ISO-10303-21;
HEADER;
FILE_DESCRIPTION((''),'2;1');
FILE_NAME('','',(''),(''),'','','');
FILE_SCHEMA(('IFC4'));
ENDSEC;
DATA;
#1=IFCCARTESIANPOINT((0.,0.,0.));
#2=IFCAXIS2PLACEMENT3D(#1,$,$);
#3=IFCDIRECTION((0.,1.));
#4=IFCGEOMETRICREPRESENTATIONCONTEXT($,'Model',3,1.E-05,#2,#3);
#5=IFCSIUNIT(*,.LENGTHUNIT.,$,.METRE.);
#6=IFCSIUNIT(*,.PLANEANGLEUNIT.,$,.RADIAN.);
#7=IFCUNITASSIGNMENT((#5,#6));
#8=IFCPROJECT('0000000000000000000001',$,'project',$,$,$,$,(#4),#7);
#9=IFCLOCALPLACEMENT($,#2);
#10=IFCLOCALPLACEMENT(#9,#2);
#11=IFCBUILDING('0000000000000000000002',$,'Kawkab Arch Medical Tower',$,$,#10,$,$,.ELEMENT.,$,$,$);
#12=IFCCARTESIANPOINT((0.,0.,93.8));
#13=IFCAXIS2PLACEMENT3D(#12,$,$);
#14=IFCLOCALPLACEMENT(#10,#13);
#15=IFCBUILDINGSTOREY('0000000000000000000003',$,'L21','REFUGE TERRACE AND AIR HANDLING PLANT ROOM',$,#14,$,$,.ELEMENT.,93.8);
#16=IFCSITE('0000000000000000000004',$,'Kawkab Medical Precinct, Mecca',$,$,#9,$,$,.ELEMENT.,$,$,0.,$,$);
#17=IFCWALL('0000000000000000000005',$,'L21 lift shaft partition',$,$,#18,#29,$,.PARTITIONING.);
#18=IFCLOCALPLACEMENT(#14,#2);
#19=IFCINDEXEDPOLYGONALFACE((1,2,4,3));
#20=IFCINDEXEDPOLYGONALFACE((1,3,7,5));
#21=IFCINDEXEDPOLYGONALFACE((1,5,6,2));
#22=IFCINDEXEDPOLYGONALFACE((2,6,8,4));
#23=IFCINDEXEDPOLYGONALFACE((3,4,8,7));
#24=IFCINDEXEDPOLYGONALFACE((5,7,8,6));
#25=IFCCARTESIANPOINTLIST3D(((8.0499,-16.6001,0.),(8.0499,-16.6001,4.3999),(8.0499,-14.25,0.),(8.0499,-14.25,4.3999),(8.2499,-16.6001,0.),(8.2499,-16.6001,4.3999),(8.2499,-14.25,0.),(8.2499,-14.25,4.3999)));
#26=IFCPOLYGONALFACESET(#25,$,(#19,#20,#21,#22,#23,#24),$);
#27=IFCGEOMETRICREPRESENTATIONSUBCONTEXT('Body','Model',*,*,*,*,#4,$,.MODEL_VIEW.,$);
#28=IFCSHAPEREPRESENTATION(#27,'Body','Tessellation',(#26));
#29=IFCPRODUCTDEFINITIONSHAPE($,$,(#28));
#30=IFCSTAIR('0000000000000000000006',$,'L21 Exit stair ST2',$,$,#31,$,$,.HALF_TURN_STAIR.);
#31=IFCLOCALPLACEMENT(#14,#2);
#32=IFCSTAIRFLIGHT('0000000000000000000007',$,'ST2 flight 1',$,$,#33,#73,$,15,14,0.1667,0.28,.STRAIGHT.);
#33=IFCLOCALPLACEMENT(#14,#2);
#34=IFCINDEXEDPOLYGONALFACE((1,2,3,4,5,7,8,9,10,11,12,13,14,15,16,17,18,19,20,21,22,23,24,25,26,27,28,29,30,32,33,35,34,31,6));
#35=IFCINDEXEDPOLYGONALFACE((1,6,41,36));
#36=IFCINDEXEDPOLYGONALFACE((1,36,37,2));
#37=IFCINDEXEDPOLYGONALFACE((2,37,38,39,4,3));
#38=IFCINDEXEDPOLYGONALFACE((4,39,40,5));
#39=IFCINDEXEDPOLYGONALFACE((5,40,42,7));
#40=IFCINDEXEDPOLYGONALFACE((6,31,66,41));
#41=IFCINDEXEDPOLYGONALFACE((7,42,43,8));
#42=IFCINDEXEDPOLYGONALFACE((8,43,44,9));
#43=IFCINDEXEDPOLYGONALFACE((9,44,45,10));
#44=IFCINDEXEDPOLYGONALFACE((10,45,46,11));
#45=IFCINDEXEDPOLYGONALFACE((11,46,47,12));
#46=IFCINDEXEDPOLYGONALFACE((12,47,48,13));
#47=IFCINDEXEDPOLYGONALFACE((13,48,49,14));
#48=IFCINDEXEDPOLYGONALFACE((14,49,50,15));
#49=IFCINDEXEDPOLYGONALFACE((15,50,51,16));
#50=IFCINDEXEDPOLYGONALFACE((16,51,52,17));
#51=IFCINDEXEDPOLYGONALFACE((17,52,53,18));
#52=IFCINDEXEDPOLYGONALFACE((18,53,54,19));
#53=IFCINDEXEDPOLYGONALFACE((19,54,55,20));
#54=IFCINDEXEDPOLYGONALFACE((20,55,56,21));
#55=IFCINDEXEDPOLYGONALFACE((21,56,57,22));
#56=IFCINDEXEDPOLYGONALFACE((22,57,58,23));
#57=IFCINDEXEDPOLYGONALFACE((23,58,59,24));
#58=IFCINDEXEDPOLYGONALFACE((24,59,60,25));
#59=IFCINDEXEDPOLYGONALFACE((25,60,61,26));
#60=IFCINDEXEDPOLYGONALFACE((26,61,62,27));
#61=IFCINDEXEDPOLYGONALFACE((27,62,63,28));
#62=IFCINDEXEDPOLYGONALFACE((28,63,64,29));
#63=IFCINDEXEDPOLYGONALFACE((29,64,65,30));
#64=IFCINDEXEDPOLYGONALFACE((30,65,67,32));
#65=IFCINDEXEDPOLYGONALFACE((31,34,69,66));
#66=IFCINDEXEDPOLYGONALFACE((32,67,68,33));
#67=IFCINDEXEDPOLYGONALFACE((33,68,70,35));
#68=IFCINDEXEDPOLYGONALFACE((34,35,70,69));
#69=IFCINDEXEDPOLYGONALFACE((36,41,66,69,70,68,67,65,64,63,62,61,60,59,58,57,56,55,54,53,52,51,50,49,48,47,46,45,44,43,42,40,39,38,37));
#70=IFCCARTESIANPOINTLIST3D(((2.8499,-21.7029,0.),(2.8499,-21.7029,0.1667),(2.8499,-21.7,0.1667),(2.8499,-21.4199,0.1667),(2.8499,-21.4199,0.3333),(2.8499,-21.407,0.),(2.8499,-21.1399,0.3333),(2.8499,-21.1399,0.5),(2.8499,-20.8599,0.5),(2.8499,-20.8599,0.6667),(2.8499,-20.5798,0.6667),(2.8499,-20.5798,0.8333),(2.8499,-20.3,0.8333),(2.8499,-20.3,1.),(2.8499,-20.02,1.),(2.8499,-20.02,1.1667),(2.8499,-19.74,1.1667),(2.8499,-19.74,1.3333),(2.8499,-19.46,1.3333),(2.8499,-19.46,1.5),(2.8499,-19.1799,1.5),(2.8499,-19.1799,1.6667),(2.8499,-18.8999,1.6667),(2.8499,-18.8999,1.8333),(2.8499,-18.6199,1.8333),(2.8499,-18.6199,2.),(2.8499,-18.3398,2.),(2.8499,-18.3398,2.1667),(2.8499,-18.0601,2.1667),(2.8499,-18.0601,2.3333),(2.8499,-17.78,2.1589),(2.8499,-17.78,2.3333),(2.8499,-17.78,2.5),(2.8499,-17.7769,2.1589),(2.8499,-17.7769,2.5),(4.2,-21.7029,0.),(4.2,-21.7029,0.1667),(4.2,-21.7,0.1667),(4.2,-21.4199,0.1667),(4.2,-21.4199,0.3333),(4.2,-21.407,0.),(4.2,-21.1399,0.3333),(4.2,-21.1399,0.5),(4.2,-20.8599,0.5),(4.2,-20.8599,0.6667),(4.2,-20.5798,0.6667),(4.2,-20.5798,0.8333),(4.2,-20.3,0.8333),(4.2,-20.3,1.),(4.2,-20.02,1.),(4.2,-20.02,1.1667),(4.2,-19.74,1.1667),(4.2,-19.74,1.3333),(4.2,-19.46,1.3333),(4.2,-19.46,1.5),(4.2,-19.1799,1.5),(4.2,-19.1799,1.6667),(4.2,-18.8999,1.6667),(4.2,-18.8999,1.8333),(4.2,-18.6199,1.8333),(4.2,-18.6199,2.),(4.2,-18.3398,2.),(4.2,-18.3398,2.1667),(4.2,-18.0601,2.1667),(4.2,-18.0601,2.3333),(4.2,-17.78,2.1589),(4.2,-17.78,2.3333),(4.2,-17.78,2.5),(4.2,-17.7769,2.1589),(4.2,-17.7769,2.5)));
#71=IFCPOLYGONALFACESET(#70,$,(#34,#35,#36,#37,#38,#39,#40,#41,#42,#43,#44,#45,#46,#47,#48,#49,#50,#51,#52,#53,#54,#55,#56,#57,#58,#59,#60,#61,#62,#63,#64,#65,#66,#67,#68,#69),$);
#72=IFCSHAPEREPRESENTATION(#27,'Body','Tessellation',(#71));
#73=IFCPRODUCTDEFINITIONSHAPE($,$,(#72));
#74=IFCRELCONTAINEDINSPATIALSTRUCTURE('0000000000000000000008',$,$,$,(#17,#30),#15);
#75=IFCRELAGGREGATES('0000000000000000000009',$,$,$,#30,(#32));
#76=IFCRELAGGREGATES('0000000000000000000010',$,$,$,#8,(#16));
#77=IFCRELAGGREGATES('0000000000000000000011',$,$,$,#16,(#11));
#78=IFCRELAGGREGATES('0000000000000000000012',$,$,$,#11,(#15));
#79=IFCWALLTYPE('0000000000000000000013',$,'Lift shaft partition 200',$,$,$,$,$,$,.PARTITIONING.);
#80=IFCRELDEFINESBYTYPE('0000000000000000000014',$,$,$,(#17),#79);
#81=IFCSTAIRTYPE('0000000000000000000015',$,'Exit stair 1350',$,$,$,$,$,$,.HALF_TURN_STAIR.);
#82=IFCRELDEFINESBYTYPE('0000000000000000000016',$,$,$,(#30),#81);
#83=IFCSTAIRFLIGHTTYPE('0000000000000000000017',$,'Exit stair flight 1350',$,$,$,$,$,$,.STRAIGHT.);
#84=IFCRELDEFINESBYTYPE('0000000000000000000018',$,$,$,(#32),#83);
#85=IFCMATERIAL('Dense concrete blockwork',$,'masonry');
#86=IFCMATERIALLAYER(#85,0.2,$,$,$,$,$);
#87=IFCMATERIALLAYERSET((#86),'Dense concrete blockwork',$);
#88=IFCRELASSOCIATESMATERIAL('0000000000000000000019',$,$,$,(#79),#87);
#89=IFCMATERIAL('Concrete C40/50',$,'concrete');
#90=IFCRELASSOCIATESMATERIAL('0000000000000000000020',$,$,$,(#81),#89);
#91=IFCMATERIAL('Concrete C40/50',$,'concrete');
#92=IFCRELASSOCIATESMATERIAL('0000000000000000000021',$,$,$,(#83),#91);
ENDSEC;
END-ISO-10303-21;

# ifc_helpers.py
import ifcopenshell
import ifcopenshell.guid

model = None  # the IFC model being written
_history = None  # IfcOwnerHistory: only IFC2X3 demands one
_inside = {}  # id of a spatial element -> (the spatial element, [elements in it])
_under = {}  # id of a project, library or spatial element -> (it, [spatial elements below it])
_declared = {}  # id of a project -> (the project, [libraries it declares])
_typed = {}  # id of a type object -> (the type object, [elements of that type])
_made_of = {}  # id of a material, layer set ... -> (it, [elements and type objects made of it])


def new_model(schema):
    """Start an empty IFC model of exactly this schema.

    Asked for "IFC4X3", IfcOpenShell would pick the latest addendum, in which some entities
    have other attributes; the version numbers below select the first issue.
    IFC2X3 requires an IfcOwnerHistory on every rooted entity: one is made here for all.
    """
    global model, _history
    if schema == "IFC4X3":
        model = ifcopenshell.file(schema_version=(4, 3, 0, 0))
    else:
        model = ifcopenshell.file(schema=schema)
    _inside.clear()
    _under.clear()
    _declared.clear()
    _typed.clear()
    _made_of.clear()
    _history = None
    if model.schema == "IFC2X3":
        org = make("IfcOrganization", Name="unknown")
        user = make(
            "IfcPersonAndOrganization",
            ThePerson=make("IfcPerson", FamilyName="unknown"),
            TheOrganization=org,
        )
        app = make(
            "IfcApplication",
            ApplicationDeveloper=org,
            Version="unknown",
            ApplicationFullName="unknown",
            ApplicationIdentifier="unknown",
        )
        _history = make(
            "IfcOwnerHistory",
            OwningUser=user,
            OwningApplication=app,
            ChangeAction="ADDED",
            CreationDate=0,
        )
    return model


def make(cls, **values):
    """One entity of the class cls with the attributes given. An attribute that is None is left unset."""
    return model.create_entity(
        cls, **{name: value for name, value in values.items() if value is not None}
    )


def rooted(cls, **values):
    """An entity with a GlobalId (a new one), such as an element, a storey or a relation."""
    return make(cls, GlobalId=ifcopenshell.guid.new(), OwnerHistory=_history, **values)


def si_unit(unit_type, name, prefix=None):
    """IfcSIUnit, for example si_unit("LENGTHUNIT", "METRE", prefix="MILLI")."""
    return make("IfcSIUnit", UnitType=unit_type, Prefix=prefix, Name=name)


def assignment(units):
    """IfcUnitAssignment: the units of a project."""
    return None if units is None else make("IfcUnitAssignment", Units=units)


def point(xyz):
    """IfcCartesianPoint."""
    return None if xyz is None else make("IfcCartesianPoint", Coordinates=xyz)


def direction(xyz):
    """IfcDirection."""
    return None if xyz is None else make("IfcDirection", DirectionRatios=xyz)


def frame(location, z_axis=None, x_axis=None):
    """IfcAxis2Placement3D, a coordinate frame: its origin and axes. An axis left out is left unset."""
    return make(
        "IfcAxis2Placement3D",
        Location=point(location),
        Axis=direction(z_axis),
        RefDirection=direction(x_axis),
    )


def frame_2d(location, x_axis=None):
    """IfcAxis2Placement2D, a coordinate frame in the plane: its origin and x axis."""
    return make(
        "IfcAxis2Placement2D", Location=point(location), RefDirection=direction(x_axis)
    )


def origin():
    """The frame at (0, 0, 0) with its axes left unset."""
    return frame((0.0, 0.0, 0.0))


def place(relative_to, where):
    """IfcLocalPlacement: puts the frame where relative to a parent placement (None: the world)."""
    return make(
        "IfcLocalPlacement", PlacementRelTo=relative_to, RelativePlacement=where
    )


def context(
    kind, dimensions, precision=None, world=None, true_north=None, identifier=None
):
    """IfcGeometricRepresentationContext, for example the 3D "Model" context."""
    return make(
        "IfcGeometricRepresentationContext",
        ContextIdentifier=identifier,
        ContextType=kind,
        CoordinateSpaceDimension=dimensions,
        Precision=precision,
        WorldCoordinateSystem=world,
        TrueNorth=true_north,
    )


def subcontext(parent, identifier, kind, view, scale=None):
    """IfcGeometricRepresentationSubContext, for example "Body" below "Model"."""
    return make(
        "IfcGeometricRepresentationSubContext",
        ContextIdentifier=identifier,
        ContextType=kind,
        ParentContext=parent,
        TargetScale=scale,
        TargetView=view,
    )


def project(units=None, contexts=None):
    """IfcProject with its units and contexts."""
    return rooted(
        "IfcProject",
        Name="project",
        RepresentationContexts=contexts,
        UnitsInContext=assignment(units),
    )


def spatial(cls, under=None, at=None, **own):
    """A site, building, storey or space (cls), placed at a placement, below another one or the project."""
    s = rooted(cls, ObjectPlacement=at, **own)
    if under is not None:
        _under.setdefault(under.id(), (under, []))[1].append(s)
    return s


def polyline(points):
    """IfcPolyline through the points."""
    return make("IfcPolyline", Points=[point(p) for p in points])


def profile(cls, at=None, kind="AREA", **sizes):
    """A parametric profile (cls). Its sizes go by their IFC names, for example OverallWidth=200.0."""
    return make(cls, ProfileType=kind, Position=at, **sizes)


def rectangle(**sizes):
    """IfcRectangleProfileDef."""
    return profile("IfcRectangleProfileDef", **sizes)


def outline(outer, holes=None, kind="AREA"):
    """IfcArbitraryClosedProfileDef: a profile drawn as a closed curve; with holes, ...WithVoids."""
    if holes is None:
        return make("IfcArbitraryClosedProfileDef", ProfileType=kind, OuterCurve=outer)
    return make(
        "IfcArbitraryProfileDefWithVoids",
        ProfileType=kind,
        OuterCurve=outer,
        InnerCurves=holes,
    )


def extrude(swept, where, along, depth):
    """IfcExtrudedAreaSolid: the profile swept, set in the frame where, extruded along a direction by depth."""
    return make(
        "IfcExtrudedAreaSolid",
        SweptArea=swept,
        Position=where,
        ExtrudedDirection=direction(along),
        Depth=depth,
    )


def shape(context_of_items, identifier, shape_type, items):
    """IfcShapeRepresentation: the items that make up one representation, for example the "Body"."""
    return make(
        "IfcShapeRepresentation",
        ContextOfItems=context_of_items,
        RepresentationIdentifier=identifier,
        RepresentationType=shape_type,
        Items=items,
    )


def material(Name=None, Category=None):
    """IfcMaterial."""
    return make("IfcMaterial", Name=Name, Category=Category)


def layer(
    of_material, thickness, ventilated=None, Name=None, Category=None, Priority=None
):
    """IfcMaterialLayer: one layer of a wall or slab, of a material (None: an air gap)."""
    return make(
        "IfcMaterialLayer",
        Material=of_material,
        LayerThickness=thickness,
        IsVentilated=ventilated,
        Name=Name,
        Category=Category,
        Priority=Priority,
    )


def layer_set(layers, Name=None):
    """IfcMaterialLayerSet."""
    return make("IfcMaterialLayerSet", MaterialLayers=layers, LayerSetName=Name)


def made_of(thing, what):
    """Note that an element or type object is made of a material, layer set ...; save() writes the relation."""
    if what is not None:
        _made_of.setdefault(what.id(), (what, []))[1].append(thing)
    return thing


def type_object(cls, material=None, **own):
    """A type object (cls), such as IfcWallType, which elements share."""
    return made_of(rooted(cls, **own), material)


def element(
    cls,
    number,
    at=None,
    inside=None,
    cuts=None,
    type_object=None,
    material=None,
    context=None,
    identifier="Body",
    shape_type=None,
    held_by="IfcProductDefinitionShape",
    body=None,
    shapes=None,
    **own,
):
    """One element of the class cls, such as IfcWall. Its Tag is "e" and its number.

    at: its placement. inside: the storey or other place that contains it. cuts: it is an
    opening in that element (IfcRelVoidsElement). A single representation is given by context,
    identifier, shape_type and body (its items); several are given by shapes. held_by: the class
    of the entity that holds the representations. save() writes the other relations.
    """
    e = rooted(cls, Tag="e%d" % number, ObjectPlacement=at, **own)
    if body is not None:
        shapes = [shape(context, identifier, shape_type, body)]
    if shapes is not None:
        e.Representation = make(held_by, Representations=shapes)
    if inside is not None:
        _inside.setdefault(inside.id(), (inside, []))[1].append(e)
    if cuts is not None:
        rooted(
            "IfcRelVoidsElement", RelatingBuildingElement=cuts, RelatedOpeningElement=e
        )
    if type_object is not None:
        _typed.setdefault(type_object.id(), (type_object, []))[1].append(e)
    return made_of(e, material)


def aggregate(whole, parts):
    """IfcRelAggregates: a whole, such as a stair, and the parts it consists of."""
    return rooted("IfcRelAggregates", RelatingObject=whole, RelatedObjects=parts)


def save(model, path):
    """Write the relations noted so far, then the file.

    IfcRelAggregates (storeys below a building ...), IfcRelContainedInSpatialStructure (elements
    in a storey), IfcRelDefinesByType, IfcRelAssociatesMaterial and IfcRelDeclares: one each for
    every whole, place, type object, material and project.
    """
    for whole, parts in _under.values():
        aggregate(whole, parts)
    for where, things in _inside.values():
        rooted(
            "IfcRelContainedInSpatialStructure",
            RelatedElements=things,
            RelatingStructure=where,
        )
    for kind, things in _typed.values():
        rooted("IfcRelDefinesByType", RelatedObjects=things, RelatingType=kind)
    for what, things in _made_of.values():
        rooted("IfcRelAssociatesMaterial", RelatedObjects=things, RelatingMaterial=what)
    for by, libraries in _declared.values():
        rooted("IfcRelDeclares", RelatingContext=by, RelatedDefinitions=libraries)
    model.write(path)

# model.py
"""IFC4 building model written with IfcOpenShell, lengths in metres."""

from ifc_helpers import new_model, si_unit, direction, frame, frame_2d, origin, place, context, subcontext, project, spatial, polyline, rectangle, outline, extrude, material, layer, layer_set, type_object, element, aggregate, save


model = new_model("IFC4")

# Units and contexts
model_context = context("Model", 3, precision=1e-05, world=origin(), true_north=direction((0.0, 1.0)))
body_context = subcontext(model_context, "Body", "Model", "MODEL_VIEW")
ifc_project = project(units=[si_unit("LENGTHUNIT", "METRE"), si_unit("PLANEANGLEUNIT", "RADIAN")], contexts=[model_context])

# Site, building, storey
site_placement = place(None, origin())
site = spatial("IfcSite", under=ifc_project, at=site_placement, Name="Kawkab Medical Precinct, Mecca", CompositionType="ELEMENT", RefElevation=0.0)
building_placement = place(site_placement, origin())
building = spatial("IfcBuilding", under=site, at=building_placement, Name="Kawkab Arch Medical Tower", CompositionType="ELEMENT")
storey_placement = place(building_placement, frame((0.0, 0.0, 93.8)))
storey = spatial("IfcBuildingStorey", under=building, at=storey_placement, Name="L21", Description="REFUGE TERRACE AND AIR HANDLING PLANT ROOM", CompositionType="ELEMENT", Elevation=93.8)

# Wall
ifc_material_1 = material(Name="Dense concrete blockwork", Category="masonry")
ifc_layer_1 = layer(ifc_material_1, 0.2)
ifc_layer_set_1 = layer_set([ifc_layer_1], Name="Dense concrete blockwork")
wall_type_1 = type_object("IfcWallType", Name="Lift shaft partition 200", PredefinedType="PARTITIONING", material=ifc_layer_set_1)
wall_1_placement = place(storey_placement, frame((8.1499, -16.6001, 0.0), z_axis=(0.0, 0.0, 1.0), x_axis=(0.0, 1.0, 0.0)))
element("IfcWall", 1, at=wall_1_placement, inside=storey, type_object=wall_type_1, Name="L21 lift shaft partition", PredefinedType="PARTITIONING", context=body_context, shape_type="SweptSolid", body=[
    extrude(rectangle(XDim=2.3501, YDim=0.2, at=frame_2d((1.175, 0.0))), origin(), (0.0, 0.0, 1.0), 4.3999),
])

# Stair, stair flight
ifc_material_2 = material(Name="Concrete C40/50", Category="concrete")
stair_type = type_object("IfcStairType", Name="Exit stair 1350", PredefinedType="HALF_TURN_STAIR", material=ifc_material_2)
stair_placement = place(storey_placement, origin())
stair = element("IfcStair", 2, at=stair_placement, inside=storey, type_object=stair_type, Name="L21 Exit stair ST2", PredefinedType="HALF_TURN_STAIR")
ifc_material_3 = material(Name="Concrete C40/50", Category="concrete")
stair_flight_type = type_object("IfcStairFlightType", Name="Exit stair flight 1350", PredefinedType="STRAIGHT", material=ifc_material_3)
stair_flight_placement = place(storey_placement, frame((3.5249, -21.7, 0.0), z_axis=(0.0, 0.0, 1.0), x_axis=(0.0, 1.0, 0.0)))
stair_flight = element("IfcStairFlight", 3, at=stair_flight_placement, type_object=stair_flight_type, Name="ST2 flight 1", NumberOfRisers=15, NumberOfTreads=14, PredefinedType="STRAIGHT", RiserHeight=0.1667, TreadLength=0.28, context=body_context, shape_type="SweptSolid", body=[
    extrude(outline(polyline([(-0.0029, 0.0), (-0.0029, 0.1667), (0.0, 0.1667), (0.28, 0.1667), (0.28, 0.3333), (0.5601, 0.3333), (0.5601, 0.5), (0.8401, 0.5), (0.8401, 0.6667), (1.1201, 0.6667), (1.1201, 0.8333), (1.3999, 0.8333), (1.3999, 1.0), (1.6799, 1.0), (1.6799, 1.1667), (1.96, 1.1667), (1.96, 1.3333), (2.24, 1.3333), (2.24, 1.5), (2.52, 1.5), (2.52, 1.6667), (2.8, 1.6667), (2.8, 1.8333), (3.0801, 1.8333), (3.0801, 2.0), (3.3601, 2.0), (3.3601, 2.1667), (3.6399, 2.1667), (3.6399, 2.3333), (3.9199, 2.3333), (3.9199, 2.5), (3.9231, 2.5), (3.9231, 2.1589), (3.9199, 2.1589), (0.293, 0.0), (-0.0029, 0.0)])), frame((0.0, 0.675, 0.0), z_axis=(0.0, -1.0, 0.0), x_axis=(1.0, 0.0, 0.0)), (0.0, 0.0, 1.0), 1.3501),
])
aggregate(stair, [stair_flight])

save(model, "model.ifc")
